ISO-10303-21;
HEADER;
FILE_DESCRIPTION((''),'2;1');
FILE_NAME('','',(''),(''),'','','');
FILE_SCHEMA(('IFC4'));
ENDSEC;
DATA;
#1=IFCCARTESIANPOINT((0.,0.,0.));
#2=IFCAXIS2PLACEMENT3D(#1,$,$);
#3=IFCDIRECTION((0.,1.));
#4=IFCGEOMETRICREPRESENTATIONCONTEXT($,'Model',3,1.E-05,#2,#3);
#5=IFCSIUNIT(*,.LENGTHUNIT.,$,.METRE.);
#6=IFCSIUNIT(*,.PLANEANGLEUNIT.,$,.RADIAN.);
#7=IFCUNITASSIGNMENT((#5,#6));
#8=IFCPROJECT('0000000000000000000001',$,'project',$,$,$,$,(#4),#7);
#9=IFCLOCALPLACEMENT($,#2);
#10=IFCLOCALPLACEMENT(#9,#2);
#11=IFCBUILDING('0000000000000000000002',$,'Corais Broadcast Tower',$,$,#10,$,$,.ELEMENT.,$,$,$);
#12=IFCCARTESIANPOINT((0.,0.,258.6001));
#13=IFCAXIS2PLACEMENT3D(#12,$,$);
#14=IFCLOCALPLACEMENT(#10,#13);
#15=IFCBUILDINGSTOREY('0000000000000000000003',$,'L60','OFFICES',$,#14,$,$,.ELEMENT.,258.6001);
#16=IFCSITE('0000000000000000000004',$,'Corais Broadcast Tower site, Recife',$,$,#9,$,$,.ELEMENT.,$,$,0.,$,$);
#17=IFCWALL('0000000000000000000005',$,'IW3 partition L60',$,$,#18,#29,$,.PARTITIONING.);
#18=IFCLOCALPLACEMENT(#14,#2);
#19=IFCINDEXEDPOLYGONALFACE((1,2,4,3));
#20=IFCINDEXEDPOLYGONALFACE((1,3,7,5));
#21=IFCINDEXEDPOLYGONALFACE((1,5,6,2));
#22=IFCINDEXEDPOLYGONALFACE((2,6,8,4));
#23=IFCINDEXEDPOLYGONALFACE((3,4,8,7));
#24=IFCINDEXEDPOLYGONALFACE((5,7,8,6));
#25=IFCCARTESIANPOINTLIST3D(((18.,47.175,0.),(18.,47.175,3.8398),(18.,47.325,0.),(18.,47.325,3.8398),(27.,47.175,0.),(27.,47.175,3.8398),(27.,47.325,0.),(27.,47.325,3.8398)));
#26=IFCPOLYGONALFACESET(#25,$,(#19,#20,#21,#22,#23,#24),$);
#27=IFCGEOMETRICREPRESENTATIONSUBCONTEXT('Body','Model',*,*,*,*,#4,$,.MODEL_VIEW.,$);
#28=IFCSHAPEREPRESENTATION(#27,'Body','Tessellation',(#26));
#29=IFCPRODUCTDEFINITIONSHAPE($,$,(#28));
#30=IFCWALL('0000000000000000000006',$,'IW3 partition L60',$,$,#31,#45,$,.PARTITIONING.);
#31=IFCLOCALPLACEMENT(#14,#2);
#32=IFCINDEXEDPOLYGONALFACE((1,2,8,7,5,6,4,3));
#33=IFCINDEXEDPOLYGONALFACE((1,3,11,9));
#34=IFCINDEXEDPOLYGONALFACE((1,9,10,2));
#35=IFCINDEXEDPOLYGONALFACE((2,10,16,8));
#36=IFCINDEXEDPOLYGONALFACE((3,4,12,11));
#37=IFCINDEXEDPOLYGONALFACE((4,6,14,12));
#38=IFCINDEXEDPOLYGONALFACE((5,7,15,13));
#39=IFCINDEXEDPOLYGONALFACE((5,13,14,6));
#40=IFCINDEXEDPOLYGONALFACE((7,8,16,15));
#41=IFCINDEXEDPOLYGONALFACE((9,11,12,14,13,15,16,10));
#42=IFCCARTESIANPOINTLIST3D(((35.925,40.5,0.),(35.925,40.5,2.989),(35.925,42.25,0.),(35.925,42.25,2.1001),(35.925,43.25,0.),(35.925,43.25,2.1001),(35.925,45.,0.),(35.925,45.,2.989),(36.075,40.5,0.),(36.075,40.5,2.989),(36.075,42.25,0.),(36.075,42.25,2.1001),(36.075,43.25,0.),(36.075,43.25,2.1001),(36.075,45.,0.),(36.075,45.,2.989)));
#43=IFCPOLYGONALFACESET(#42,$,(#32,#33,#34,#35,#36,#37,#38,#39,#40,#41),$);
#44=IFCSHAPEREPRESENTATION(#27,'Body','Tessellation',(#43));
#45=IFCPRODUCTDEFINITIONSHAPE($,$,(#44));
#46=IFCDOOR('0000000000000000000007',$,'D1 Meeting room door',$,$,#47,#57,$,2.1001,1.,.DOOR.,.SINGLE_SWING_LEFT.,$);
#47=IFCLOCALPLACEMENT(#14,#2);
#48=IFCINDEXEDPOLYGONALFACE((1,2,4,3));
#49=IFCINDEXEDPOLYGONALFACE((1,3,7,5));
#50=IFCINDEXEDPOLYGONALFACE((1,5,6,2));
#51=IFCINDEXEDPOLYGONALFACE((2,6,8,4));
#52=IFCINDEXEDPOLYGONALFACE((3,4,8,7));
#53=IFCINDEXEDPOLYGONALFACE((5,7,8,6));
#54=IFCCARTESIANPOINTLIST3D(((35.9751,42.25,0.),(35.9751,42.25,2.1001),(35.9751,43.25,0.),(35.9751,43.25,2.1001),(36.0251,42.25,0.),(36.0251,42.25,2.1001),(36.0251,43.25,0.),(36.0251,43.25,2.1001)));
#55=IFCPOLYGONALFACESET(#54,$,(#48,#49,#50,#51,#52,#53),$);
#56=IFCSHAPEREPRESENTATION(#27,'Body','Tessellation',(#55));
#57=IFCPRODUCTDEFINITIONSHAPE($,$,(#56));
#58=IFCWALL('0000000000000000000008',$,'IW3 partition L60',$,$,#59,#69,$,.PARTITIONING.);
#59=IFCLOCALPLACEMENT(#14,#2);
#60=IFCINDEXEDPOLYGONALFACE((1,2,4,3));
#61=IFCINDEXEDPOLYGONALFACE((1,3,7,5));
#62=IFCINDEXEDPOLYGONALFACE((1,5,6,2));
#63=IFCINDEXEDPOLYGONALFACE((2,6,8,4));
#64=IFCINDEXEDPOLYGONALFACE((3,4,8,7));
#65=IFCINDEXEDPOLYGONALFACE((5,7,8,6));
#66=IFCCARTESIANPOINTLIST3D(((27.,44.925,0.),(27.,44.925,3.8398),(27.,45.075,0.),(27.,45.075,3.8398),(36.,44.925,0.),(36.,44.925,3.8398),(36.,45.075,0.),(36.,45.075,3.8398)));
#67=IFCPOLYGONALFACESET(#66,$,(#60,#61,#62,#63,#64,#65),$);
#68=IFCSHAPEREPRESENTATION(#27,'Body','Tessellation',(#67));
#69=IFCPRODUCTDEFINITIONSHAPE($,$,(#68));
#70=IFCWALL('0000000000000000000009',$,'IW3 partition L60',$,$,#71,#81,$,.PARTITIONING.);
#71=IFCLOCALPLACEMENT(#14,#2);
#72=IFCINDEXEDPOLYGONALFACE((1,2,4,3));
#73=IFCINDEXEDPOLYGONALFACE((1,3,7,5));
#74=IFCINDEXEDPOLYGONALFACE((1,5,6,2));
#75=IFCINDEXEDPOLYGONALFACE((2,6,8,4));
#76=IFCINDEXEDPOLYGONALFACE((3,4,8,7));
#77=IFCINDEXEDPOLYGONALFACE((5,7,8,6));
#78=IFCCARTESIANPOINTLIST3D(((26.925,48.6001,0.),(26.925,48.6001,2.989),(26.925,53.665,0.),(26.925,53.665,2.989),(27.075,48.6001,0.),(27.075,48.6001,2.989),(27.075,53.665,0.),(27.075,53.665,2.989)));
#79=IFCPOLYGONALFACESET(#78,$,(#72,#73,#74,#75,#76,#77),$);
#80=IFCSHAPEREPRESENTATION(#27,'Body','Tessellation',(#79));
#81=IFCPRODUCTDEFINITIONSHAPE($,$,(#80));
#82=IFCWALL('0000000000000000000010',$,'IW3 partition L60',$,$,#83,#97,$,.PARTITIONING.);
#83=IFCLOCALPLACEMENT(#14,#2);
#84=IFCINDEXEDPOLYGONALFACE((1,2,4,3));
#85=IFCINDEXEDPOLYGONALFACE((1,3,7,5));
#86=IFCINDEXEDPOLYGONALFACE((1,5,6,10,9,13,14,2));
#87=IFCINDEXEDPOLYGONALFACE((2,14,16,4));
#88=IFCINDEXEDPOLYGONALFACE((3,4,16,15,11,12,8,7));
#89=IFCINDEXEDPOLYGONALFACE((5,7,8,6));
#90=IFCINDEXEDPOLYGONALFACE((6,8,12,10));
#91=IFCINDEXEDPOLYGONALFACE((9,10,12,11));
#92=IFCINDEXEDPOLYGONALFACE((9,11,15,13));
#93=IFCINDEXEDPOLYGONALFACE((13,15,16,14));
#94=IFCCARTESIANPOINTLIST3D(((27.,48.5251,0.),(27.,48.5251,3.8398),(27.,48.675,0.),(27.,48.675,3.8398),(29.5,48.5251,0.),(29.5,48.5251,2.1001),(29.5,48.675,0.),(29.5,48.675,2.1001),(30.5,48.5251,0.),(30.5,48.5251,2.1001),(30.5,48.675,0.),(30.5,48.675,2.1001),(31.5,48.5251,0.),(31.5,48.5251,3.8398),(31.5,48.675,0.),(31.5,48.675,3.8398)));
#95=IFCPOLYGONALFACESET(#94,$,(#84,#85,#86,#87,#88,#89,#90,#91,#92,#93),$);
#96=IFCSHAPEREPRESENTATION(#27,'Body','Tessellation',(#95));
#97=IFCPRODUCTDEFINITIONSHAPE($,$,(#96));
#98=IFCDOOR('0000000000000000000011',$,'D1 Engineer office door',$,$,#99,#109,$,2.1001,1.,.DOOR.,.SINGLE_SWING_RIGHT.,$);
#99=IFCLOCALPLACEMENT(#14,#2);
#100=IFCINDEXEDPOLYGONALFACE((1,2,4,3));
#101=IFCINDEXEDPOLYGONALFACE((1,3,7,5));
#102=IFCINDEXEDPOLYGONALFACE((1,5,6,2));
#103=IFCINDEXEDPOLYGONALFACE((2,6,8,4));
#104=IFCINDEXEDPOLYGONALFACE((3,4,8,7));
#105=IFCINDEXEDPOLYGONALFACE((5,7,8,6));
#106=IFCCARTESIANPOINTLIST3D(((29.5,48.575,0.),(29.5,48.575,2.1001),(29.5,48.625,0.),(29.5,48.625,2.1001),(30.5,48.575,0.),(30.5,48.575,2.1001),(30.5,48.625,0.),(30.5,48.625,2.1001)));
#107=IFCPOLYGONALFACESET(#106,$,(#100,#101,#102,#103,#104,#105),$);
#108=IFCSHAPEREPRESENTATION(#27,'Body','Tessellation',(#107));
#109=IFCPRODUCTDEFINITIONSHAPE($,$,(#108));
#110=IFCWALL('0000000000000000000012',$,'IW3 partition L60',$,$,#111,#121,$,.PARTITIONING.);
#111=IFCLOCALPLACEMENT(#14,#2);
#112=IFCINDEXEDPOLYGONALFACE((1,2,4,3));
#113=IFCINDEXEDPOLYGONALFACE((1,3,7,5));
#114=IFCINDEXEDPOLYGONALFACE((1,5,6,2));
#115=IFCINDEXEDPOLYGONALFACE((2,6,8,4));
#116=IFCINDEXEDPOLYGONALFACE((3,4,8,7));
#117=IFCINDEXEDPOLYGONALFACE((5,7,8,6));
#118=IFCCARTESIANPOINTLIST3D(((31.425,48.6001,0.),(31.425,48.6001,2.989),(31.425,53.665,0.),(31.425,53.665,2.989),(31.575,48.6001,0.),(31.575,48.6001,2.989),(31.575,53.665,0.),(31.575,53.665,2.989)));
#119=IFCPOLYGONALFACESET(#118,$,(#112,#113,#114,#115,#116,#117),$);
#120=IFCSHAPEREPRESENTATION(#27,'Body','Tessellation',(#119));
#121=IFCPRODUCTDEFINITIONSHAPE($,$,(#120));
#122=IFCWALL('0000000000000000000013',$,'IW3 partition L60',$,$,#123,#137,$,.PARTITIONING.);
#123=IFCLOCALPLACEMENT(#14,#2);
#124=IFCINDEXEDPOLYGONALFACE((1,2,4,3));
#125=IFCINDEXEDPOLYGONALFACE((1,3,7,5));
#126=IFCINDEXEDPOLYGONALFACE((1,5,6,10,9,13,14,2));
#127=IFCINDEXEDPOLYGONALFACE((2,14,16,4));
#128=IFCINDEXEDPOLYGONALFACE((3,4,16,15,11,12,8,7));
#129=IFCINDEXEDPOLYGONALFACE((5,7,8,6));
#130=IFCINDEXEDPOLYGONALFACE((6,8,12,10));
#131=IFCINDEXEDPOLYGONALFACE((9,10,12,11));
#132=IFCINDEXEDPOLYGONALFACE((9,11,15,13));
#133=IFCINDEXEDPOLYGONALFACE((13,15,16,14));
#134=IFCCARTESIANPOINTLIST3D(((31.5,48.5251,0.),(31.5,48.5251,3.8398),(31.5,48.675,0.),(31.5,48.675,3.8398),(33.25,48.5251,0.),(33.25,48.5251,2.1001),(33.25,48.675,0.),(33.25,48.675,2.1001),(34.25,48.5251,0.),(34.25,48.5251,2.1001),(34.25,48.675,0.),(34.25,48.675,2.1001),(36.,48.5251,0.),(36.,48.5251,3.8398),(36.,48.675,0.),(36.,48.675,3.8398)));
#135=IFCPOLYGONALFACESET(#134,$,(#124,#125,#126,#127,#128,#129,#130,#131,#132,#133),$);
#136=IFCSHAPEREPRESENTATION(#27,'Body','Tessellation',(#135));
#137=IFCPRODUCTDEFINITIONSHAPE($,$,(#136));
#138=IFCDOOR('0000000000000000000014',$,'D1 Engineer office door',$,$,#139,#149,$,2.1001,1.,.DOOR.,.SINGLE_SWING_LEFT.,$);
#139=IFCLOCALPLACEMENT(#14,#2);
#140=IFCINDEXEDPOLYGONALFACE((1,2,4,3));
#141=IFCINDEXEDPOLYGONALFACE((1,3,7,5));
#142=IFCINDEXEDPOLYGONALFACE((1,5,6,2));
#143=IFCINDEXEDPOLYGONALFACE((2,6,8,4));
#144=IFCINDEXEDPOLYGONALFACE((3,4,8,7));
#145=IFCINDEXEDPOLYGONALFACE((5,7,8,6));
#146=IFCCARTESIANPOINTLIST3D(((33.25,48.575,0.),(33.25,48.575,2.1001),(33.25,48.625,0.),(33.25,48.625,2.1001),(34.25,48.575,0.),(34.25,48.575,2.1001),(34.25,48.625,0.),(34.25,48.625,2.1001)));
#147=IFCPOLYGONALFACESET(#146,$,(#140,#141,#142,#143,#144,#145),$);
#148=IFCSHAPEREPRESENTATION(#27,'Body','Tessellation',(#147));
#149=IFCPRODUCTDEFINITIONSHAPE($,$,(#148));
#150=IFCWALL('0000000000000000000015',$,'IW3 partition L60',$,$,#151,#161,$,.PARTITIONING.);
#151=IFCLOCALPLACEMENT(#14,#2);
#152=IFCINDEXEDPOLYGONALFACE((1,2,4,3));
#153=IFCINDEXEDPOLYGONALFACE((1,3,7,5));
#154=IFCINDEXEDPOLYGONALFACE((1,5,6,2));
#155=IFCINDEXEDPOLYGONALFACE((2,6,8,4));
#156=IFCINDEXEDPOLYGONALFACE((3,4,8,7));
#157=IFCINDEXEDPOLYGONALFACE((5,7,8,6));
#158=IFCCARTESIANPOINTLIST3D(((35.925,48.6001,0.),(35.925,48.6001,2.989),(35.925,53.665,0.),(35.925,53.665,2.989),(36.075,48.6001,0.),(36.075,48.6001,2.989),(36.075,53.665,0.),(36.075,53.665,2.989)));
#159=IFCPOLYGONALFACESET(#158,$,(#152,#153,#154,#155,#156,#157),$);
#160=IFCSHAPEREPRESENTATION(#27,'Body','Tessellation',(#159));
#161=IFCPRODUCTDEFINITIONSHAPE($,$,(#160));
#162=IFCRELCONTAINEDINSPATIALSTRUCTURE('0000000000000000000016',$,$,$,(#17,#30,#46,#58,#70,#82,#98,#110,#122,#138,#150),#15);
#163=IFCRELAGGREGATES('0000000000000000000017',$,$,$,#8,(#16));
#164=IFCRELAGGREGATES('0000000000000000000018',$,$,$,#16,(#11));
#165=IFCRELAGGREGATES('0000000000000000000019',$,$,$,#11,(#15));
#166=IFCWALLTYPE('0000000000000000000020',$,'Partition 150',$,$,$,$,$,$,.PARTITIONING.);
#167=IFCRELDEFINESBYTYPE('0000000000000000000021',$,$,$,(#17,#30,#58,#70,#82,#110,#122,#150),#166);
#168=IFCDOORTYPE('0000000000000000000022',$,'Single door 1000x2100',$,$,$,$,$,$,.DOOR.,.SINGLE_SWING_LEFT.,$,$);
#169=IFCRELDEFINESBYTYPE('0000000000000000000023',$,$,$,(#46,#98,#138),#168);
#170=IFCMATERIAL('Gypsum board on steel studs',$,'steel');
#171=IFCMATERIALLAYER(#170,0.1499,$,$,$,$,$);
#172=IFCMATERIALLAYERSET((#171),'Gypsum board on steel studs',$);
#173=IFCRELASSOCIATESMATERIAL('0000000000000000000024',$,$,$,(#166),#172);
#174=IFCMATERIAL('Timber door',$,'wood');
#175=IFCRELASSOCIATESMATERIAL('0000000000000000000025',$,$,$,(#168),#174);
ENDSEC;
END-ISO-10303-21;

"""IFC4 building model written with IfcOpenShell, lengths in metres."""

from ifc_helpers import new_model, si_unit, direction, frame, frame_2d, origin, place, context, subcontext, project, spatial, rectangle, extrude, material, layer, layer_set, type_object, element, fill, save


model = new_model("IFC4")

# Units and contexts
model_context = context("Model", 3, precision=1e-05, world=origin(), true_north=direction((0.0, 1.0)))
body_context = subcontext(model_context, "Body", "Model", "MODEL_VIEW")
ifc_project = project(units=[si_unit("LENGTHUNIT", "METRE"), si_unit("PLANEANGLEUNIT", "RADIAN")], contexts=[model_context])

# Site, building, storey
site_placement = place(None, origin())
site = spatial("IfcSite", under=ifc_project, at=site_placement, Name="Corais Broadcast Tower site, Recife", CompositionType="ELEMENT", RefElevation=0.0)
building_placement = place(site_placement, origin())
building = spatial("IfcBuilding", under=site, at=building_placement, Name="Corais Broadcast Tower", CompositionType="ELEMENT")
storey_placement = place(building_placement, frame((0.0, 0.0, 258.6001)))
storey = spatial("IfcBuildingStorey", under=building, at=storey_placement, Name="L60", Description="OFFICES", CompositionType="ELEMENT", Elevation=258.6001)

# Shared definitions
ifc_material_1 = material(Name="Gypsum board on steel studs", Category="steel")
ifc_layer_1 = layer(ifc_material_1, 0.1499)
ifc_layer_set_1 = layer_set([ifc_layer_1], Name="Gypsum board on steel studs")
wall_type_1 = type_object("IfcWallType", Name="Partition 150", PredefinedType="PARTITIONING", material=ifc_layer_set_1)
ifc_material_2 = material(Name="Timber door", Category="wood")
door_type = type_object("IfcDoorType", Name="Single door 1000x2100", OperationType="SINGLE_SWING_LEFT", PredefinedType="DOOR", material=ifc_material_2)

# Wall
wall_1_placement = place(storey_placement, frame((27.0, 47.25, 0.0), z_axis=(0.0, 0.0, 1.0), x_axis=(-1.0, 0.0, 0.0)))
element("IfcWall", 1, at=wall_1_placement, inside=storey, type_object=wall_type_1, Name="IW3 partition L60", PredefinedType="PARTITIONING", context=body_context, shape_type="SweptSolid", body=[
    extrude(rectangle(XDim=9.0, YDim=0.1499, at=frame_2d((4.5, 0.0))), origin(), (0.0, 0.0, 1.0), 3.8398),
])

# Wall, opening, door
wall_2_placement = place(storey_placement, frame((36.0, 40.5, 0.0), z_axis=(0.0, 0.0, 1.0), x_axis=(0.0, 1.0, 0.0)))
wall_2 = element("IfcWall", 2, at=wall_2_placement, inside=storey, type_object=wall_type_1, Name="IW3 partition L60", PredefinedType="PARTITIONING", context=body_context, shape_type="SweptSolid", body=[
    extrude(rectangle(XDim=4.5, YDim=0.1499, at=frame_2d((2.25, 0.0))), origin(), (0.0, 0.0, 1.0), 2.989),
])
opening_1_placement = place(wall_2_placement, frame((1.75, 0.0, 0.0)))
opening_1 = element("IfcOpeningElement", 3, at=opening_1_placement, cuts=wall_2, PredefinedType="OPENING", context=body_context, shape_type="SweptSolid", body=[
    extrude(rectangle(XDim=1.0, YDim=2.1001, at=frame_2d((0.5, 1.05))), frame((0.0, 0.085, 0.0), z_axis=(0.0, -1.0, 0.0), x_axis=(1.0, 0.0, 0.0)), (0.0, 0.0, 1.0), 0.1699),
])
door_1_placement = place(opening_1_placement, origin())
door_1 = element("IfcDoor", 4, at=door_1_placement, inside=storey, type_object=door_type, Name="D1 Meeting room door", OperationType="SINGLE_SWING_LEFT", OverallHeight=2.1001, OverallWidth=1.0, PredefinedType="DOOR", context=body_context, shape_type="SweptSolid", body=[
    extrude(rectangle(XDim=1.0, YDim=2.1001, at=frame_2d((0.5, 1.05))), frame((0.0, 0.0249, 0.0), z_axis=(0.0, -1.0, 0.0), x_axis=(1.0, 0.0, 0.0)), (0.0, 0.0, 1.0), 0.05),
])
fill(opening_1, door_1)

# Walls
wall_3_placement = place(storey_placement, frame((36.0, 45.0, 0.0), z_axis=(0.0, 0.0, 1.0), x_axis=(-1.0, 0.0, 0.0)))
element("IfcWall", 5, at=wall_3_placement, inside=storey, type_object=wall_type_1, Name="IW3 partition L60", PredefinedType="PARTITIONING", context=body_context, shape_type="SweptSolid", body=[
    extrude(rectangle(XDim=9.0, YDim=0.1499, at=frame_2d((4.5, 0.0))), origin(), (0.0, 0.0, 1.0), 3.8398),
])
wall_4_placement = place(storey_placement, frame((27.0, 48.6001, 0.0), z_axis=(0.0, 0.0, 1.0), x_axis=(0.0, 1.0, 0.0)))
element("IfcWall", 6, at=wall_4_placement, inside=storey, type_object=wall_type_1, Name="IW3 partition L60", PredefinedType="PARTITIONING", context=body_context, shape_type="SweptSolid", body=[
    extrude(rectangle(XDim=5.0649, YDim=0.1499, at=frame_2d((2.5325, 0.0))), origin(), (0.0, 0.0, 1.0), 2.989),
])

# Wall, opening, door
wall_5_placement = place(storey_placement, frame((27.0, 48.6001, 0.0), z_axis=(0.0, 0.0, 1.0), x_axis=(1.0, 0.0, 0.0)))
wall_5 = element("IfcWall", 7, at=wall_5_placement, inside=storey, type_object=wall_type_1, Name="IW3 partition L60", PredefinedType="PARTITIONING", context=body_context, shape_type="SweptSolid", body=[
    extrude(rectangle(XDim=4.5, YDim=0.1499, at=frame_2d((2.25, 0.0))), origin(), (0.0, 0.0, 1.0), 3.8398),
])
opening_2_placement = place(wall_5_placement, frame((2.5, 0.0, 0.0)))
opening_2 = element("IfcOpeningElement", 8, at=opening_2_placement, cuts=wall_5, PredefinedType="OPENING", context=body_context, shape_type="SweptSolid", body=[
    extrude(rectangle(XDim=1.0, YDim=2.1001, at=frame_2d((0.5, 1.05))), frame((0.0, 0.085, 0.0), z_axis=(0.0, -1.0, 0.0), x_axis=(1.0, 0.0, 0.0)), (0.0, 0.0, 1.0), 0.1699),
])
door_2_placement = place(opening_2_placement, origin())
door_2 = element("IfcDoor", 9, at=door_2_placement, inside=storey, type_object=door_type, Name="D1 Engineer office door", OperationType="SINGLE_SWING_RIGHT", OverallHeight=2.1001, OverallWidth=1.0, PredefinedType="DOOR", context=body_context, shape_type="SweptSolid", body=[
    extrude(rectangle(XDim=1.0, YDim=2.1001, at=frame_2d((0.5, 1.05))), frame((0.0, 0.0249, 0.0), z_axis=(0.0, -1.0, 0.0), x_axis=(1.0, 0.0, 0.0)), (0.0, 0.0, 1.0), 0.05),
])
fill(opening_2, door_2)

# Wall
wall_6_placement = place(storey_placement, frame((31.5, 48.6001, 0.0), z_axis=(0.0, 0.0, 1.0), x_axis=(0.0, 1.0, 0.0)))
element("IfcWall", 10, at=wall_6_placement, inside=storey, type_object=wall_type_1, Name="IW3 partition L60", PredefinedType="PARTITIONING", context=body_context, shape_type="SweptSolid", body=[
    extrude(rectangle(XDim=5.0649, YDim=0.1499, at=frame_2d((2.5325, 0.0))), origin(), (0.0, 0.0, 1.0), 2.989),
])

# Wall, opening, door
wall_7_placement = place(storey_placement, frame((31.5, 48.6001, 0.0), z_axis=(0.0, 0.0, 1.0), x_axis=(1.0, 0.0, 0.0)))
wall_7 = element("IfcWall", 11, at=wall_7_placement, inside=storey, type_object=wall_type_1, Name="IW3 partition L60", PredefinedType="PARTITIONING", context=body_context, shape_type="SweptSolid", body=[
    extrude(rectangle(XDim=4.5, YDim=0.1499, at=frame_2d((2.25, 0.0))), origin(), (0.0, 0.0, 1.0), 3.8398),
])
opening_3_placement = place(wall_7_placement, frame((1.75, 0.0, 0.0)))
opening_3 = element("IfcOpeningElement", 12, at=opening_3_placement, cuts=wall_7, PredefinedType="OPENING", context=body_context, shape_type="SweptSolid", body=[
    extrude(rectangle(XDim=1.0, YDim=2.1001, at=frame_2d((0.5, 1.05))), frame((0.0, 0.085, 0.0), z_axis=(0.0, -1.0, 0.0), x_axis=(1.0, 0.0, 0.0)), (0.0, 0.0, 1.0), 0.1699),
])
door_3_placement = place(opening_3_placement, origin())
door_3 = element("IfcDoor", 13, at=door_3_placement, inside=storey, type_object=door_type, Name="D1 Engineer office door", OperationType="SINGLE_SWING_LEFT", OverallHeight=2.1001, OverallWidth=1.0, PredefinedType="DOOR", context=body_context, shape_type="SweptSolid", body=[
    extrude(rectangle(XDim=1.0, YDim=2.1001, at=frame_2d((0.5, 1.05))), frame((0.0, 0.0249, 0.0), z_axis=(0.0, -1.0, 0.0), x_axis=(1.0, 0.0, 0.0)), (0.0, 0.0, 1.0), 0.05),
])
fill(opening_3, door_3)

# Wall
wall_8_placement = place(storey_placement, frame((36.0, 48.6001, 0.0), z_axis=(0.0, 0.0, 1.0), x_axis=(0.0, 1.0, 0.0)))
element("IfcWall", 14, at=wall_8_placement, inside=storey, type_object=wall_type_1, Name="IW3 partition L60", PredefinedType="PARTITIONING", context=body_context, shape_type="SweptSolid", body=[
    extrude(rectangle(XDim=5.0649, YDim=0.1499, at=frame_2d((2.5325, 0.0))), origin(), (0.0, 0.0, 1.0), 2.989),
])

save(model, "model.ifc")
